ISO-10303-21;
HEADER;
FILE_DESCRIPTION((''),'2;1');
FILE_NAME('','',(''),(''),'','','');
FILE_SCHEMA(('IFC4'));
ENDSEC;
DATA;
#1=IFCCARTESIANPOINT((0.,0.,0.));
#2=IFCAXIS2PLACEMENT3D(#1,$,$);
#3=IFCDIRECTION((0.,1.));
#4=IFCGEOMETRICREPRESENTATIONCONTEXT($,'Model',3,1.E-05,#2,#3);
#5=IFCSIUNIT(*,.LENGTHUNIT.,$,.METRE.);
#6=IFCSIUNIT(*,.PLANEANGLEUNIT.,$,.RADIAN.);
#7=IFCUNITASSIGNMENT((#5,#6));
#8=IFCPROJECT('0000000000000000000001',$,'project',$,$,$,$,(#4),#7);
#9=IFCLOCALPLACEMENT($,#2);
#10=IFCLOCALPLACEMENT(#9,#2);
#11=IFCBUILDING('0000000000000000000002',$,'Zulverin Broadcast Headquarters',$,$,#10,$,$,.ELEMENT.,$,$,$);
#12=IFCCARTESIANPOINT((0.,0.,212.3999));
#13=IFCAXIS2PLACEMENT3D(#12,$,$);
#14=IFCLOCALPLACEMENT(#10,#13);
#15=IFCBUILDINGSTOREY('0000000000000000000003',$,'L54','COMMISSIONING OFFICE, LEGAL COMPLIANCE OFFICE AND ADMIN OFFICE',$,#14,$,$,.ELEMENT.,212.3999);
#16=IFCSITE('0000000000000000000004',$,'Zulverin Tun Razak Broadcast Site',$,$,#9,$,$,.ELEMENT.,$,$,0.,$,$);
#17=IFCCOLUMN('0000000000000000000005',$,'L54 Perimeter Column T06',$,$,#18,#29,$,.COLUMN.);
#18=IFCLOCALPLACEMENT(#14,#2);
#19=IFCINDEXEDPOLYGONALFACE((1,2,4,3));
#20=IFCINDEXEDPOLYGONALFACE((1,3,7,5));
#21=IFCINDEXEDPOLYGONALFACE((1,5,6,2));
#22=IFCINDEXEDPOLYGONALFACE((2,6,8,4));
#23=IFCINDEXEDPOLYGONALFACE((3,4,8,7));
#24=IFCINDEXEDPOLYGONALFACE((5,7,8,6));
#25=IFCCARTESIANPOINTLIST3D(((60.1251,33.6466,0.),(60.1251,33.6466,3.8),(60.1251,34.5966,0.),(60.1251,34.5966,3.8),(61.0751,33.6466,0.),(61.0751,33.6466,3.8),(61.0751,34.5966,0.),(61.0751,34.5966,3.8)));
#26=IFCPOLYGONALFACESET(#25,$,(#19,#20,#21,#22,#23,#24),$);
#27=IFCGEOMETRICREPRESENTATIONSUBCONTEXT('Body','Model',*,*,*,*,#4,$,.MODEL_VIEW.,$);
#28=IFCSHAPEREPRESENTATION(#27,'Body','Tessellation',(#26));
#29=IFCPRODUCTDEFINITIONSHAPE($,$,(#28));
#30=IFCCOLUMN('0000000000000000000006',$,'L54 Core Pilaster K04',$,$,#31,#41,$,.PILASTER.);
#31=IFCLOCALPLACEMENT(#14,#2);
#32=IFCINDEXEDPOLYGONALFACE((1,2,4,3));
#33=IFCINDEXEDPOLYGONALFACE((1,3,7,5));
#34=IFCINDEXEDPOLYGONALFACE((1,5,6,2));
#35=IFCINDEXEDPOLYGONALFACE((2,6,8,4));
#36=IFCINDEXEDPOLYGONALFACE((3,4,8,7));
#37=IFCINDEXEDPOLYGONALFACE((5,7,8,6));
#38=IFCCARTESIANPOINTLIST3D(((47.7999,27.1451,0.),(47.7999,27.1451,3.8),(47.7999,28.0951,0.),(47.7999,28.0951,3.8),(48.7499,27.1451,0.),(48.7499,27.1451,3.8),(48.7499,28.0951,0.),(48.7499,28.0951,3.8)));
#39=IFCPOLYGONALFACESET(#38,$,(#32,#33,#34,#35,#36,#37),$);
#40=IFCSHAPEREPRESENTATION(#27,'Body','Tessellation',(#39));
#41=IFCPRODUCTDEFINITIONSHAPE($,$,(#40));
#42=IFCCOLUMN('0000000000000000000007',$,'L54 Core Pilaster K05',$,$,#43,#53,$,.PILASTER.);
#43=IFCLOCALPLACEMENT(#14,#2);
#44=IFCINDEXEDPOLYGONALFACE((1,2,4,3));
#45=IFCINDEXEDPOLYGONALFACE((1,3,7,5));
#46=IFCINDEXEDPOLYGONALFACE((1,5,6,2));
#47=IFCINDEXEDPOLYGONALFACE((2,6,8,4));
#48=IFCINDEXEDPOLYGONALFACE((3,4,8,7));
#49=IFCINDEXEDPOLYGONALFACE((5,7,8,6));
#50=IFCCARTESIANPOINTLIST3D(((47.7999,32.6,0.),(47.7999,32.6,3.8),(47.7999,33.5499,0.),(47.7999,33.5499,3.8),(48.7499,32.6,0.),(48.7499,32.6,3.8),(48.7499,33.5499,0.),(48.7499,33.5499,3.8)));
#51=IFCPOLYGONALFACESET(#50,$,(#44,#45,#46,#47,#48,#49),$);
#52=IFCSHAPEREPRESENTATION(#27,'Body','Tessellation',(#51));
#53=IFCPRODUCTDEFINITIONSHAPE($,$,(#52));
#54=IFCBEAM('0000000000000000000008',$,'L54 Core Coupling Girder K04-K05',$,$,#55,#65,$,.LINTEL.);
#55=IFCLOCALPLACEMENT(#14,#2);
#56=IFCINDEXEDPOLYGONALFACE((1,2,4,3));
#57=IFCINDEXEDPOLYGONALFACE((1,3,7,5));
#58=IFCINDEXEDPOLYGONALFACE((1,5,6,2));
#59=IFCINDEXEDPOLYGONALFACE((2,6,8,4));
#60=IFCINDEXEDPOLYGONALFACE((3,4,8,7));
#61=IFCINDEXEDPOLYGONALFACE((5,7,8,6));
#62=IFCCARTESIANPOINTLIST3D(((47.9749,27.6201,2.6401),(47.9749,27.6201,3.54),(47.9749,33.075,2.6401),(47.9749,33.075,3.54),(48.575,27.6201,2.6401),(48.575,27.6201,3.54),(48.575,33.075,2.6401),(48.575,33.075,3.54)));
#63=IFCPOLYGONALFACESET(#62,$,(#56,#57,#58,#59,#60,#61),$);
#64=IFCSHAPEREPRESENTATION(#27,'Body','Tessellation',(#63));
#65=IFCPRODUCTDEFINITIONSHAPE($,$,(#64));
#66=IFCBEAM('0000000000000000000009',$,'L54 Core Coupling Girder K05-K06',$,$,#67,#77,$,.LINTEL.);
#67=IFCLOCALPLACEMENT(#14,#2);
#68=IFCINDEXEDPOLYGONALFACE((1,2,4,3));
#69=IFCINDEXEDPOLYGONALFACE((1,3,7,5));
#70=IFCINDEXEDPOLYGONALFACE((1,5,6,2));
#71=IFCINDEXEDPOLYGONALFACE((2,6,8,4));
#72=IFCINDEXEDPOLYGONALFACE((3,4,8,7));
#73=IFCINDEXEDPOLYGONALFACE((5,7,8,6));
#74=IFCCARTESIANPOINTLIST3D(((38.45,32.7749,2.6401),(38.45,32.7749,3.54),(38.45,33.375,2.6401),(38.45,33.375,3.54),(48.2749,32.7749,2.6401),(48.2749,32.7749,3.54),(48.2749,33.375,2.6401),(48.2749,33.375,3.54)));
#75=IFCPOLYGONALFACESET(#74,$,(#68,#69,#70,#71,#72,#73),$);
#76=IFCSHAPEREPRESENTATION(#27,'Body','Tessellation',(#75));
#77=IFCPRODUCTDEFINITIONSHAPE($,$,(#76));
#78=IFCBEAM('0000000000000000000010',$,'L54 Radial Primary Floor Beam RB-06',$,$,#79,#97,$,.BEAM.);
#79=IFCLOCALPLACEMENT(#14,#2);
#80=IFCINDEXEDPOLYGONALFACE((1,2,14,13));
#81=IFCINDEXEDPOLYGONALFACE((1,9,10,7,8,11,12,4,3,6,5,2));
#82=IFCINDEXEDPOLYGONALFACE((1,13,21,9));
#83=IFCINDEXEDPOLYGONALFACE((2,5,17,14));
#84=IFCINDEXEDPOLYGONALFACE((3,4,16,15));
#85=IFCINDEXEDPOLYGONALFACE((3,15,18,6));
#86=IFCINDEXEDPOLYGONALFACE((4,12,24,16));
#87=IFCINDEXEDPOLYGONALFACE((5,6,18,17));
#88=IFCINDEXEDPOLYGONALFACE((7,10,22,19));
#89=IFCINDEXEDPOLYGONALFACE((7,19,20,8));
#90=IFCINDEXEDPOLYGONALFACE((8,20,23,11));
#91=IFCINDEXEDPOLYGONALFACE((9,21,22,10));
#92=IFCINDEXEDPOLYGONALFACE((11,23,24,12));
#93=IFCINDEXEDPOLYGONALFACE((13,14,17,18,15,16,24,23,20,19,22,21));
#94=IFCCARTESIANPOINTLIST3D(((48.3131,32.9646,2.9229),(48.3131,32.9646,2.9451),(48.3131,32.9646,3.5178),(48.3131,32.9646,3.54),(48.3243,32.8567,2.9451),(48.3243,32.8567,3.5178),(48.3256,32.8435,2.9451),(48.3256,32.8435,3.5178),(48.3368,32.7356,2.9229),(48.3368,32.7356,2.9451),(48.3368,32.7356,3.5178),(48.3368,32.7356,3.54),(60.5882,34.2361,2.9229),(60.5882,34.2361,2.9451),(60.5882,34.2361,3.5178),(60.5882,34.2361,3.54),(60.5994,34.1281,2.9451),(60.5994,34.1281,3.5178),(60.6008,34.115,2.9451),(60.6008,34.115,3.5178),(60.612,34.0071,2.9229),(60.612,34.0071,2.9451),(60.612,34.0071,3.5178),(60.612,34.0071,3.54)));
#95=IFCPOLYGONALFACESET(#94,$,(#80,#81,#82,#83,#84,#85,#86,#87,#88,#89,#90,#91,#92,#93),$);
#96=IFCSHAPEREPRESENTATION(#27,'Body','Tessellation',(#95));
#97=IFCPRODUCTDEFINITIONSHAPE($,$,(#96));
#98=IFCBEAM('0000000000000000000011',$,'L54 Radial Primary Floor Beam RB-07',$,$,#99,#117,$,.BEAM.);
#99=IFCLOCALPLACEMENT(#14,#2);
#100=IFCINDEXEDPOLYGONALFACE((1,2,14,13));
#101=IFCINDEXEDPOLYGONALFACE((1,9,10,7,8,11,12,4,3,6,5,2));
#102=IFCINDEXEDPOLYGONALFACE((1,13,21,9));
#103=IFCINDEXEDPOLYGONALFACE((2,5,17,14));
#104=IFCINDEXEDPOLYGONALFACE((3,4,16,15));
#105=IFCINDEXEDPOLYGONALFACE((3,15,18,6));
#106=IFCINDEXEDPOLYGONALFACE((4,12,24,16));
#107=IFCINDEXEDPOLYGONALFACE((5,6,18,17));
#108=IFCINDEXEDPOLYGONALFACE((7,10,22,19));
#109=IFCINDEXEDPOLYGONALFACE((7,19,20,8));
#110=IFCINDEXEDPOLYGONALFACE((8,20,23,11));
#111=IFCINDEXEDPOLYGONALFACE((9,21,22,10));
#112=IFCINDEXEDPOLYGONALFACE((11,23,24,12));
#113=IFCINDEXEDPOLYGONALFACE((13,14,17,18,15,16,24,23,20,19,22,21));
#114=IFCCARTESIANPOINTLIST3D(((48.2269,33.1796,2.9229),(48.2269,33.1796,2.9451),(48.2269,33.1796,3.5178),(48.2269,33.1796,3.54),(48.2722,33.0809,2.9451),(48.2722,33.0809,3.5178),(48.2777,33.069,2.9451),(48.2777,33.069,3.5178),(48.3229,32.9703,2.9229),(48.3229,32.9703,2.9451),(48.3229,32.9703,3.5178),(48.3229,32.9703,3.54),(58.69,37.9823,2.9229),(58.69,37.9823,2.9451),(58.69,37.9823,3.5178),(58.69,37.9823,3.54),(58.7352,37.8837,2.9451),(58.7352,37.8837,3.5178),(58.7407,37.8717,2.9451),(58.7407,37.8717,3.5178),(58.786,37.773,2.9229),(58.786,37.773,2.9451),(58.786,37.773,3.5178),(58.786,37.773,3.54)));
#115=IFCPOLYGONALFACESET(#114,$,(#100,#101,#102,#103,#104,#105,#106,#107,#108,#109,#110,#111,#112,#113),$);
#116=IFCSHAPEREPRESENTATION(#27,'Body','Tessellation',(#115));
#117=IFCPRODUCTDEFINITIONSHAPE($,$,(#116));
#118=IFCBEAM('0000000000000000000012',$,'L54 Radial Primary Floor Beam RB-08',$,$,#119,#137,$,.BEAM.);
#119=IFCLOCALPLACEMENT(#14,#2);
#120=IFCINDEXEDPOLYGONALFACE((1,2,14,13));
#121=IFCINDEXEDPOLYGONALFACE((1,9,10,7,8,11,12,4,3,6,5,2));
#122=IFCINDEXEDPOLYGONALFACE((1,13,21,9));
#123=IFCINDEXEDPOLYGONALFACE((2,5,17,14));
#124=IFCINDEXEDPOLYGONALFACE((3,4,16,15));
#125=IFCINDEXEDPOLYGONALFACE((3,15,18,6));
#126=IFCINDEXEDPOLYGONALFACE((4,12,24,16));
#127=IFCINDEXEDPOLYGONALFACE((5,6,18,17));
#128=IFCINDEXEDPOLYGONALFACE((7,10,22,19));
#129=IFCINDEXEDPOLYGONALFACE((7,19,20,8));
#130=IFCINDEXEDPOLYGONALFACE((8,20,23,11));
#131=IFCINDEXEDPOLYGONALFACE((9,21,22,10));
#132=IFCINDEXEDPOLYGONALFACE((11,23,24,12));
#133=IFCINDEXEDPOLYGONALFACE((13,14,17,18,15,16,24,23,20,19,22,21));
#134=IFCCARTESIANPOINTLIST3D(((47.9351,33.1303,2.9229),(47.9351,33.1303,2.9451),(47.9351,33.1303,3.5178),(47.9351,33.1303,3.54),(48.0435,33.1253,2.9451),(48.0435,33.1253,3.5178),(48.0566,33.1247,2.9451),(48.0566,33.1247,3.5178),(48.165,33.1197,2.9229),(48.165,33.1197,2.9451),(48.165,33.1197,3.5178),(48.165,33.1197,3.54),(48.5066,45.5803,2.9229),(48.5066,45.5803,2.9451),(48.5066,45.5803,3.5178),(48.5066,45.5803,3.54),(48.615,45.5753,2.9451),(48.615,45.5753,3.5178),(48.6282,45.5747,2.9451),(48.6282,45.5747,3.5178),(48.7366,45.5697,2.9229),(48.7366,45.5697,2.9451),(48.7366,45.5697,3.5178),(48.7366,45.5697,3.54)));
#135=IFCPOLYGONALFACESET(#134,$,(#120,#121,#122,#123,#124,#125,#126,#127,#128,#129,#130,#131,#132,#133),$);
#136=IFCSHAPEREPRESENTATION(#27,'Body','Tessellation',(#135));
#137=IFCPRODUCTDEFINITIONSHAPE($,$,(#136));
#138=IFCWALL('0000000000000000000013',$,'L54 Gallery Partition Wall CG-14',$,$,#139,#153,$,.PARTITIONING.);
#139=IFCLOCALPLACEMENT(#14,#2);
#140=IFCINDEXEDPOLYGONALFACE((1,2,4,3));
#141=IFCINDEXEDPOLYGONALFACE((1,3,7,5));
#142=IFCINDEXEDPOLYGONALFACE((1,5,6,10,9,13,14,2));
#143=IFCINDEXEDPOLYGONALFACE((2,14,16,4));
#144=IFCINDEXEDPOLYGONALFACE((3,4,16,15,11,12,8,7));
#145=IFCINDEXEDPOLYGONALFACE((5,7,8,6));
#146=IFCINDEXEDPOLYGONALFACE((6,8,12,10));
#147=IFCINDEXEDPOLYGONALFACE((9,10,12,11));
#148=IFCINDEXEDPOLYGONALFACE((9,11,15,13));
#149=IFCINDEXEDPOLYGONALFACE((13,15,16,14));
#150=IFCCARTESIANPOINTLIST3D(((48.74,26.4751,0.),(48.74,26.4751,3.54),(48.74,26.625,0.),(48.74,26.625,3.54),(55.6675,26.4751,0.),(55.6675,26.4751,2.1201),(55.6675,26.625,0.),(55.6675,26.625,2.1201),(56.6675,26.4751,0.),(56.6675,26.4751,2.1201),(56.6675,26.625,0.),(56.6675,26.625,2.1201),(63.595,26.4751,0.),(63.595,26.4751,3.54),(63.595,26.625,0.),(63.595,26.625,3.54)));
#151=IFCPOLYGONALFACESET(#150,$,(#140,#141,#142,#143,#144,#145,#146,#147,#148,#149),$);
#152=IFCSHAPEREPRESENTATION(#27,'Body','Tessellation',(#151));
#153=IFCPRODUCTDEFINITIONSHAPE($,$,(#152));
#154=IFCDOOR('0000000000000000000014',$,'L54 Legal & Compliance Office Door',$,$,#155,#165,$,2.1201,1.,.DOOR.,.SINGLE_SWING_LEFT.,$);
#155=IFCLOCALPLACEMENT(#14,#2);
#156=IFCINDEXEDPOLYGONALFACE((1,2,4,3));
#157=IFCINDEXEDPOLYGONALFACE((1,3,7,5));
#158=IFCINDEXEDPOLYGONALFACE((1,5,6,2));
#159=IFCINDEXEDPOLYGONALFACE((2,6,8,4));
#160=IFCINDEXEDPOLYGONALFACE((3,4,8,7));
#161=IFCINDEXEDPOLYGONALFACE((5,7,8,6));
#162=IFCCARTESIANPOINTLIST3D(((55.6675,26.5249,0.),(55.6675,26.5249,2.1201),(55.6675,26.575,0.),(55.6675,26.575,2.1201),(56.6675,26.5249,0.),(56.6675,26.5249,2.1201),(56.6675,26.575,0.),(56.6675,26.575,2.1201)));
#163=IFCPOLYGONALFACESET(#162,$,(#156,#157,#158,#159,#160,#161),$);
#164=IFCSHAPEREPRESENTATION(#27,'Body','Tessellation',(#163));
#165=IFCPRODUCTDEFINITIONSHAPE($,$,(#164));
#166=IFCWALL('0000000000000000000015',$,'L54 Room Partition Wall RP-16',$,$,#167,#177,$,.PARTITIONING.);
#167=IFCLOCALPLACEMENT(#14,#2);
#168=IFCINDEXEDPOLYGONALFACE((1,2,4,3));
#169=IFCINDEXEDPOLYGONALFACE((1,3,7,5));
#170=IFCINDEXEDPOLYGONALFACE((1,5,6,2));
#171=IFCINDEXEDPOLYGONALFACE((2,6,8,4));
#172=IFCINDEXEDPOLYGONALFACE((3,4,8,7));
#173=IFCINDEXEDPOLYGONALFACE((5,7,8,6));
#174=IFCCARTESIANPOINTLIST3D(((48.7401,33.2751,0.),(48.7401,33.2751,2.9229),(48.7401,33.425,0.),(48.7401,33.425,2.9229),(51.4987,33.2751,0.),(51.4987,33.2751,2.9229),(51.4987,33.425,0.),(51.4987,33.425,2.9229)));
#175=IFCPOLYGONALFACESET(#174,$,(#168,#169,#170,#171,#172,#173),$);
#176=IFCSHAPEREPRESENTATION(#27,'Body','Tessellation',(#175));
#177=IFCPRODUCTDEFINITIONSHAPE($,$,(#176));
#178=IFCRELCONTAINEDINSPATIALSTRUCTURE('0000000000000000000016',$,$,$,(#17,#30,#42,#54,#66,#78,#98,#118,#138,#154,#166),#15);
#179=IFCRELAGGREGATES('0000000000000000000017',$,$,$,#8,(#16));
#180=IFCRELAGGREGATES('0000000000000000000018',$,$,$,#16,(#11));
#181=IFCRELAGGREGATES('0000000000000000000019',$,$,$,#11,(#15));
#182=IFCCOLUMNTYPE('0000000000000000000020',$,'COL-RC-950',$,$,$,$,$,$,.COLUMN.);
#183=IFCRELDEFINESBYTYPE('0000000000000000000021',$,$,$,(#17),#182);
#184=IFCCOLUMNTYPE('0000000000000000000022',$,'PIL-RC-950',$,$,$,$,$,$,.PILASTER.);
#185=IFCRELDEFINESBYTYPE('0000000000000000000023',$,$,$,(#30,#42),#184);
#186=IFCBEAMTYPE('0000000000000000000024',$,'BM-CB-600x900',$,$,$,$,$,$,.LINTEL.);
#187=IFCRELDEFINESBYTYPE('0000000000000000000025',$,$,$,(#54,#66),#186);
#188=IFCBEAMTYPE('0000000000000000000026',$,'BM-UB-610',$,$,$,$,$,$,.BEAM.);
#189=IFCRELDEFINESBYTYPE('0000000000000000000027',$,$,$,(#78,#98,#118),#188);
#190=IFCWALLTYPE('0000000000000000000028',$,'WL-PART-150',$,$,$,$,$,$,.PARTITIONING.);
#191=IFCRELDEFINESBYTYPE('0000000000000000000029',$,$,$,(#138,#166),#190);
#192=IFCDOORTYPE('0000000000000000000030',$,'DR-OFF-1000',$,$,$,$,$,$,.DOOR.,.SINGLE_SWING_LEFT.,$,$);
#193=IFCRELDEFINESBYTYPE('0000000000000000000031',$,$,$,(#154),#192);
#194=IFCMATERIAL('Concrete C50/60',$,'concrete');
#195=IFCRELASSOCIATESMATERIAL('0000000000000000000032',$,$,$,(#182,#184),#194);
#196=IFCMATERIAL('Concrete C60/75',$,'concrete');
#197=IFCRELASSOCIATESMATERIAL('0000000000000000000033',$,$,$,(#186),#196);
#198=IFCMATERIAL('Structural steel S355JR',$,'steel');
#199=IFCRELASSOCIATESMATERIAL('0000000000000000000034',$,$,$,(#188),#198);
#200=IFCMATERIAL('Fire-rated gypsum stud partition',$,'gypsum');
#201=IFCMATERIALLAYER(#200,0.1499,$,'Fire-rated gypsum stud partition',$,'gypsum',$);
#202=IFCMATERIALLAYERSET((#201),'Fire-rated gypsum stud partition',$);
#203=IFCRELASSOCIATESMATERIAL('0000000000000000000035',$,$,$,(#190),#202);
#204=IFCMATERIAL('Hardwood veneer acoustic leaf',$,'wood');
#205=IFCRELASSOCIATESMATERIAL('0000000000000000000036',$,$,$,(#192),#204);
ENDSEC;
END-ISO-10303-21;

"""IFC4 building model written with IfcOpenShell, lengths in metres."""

from ifc_helpers import new_model, si_unit, direction, frame, frame_2d, origin, origin_2d, place, context, subcontext, project, spatial, rectangle, i_section, extrude, material, layer, layer_set, material_profile, profile_set, type_object, element, fill, save


model = new_model("IFC4")

# Units and contexts
model_context = context("Model", 3, precision=1e-05, world=origin(), true_north=direction((0.0, 1.0)))
body_context = subcontext(model_context, "Body", "Model", "MODEL_VIEW")
ifc_project = project(units=[si_unit("LENGTHUNIT", "METRE"), si_unit("PLANEANGLEUNIT", "RADIAN")], contexts=[model_context])

# Site, building, storey
site_placement = place(None, origin())
site = spatial("IfcSite", under=ifc_project, at=site_placement, Name="Zulverin Tun Razak Broadcast Site", CompositionType="ELEMENT", RefElevation=0.0)
building_placement = place(site_placement, origin())
building = spatial("IfcBuilding", under=site, at=building_placement, Name="Zulverin Broadcast Headquarters", CompositionType="ELEMENT")
storey_placement = place(building_placement, frame((0.0, 0.0, 212.3999)))
storey = spatial("IfcBuildingStorey", under=building, at=storey_placement, Name="L54", Description="COMMISSIONING OFFICE, LEGAL COMPLIANCE OFFICE AND ADMIN OFFICE", CompositionType="ELEMENT", Elevation=212.3999)

# Columns
ifc_material_1 = material(Name="Concrete C50/60", Category="concrete")
ifc_material_profile_1 = material_profile(ifc_material_1, rectangle(XDim=0.95, YDim=0.95, at=origin_2d()), Name="Concrete C50/60", Category="concrete")
ifc_profile_set_1 = profile_set([ifc_material_profile_1], Name="Concrete C50/60")
column_type_1 = type_object("IfcColumnType", Name="COL-RC-950", PredefinedType="COLUMN", material=ifc_profile_set_1)
column_placement = place(storey_placement, frame((60.6001, 34.1216, 0.0), z_axis=(0.0, 0.0, 1.0), x_axis=(1.0, 0.0, 0.0)))
element("IfcColumn", 1, at=column_placement, inside=storey, type_object=column_type_1, Name="L54 Perimeter Column T06", PredefinedType="COLUMN", context=body_context, shape_type="SweptSolid", body=[
    extrude(rectangle(XDim=0.95, YDim=0.95, at=origin_2d()), origin(), (0.0, 0.0, 1.0), 3.8),
])
ifc_material_profile_2 = material_profile(ifc_material_1, rectangle(XDim=0.95, YDim=0.95, at=origin_2d()), Name="Concrete C50/60", Category="concrete")
ifc_profile_set_2 = profile_set([ifc_material_profile_2], Name="Concrete C50/60")
column_type_2 = type_object("IfcColumnType", Name="PIL-RC-950", PredefinedType="PILASTER", material=ifc_profile_set_2)
for number, where, z_axis, x_axis, name in (
    (2, (48.2749, 27.6201, 0.0), (0.0, 0.0, 1.0), (1.0, 0.0, 0.0), "L54 Core Pilaster K04"),
    (3, (48.2749, 33.075, 0.0), (0.0, 0.0, 1.0), (1.0, 0.0, 0.0), "L54 Core Pilaster K05"),
):
    element("IfcColumn", number, at=place(storey_placement, frame(where, z_axis=z_axis, x_axis=x_axis)), inside=storey, type_object=column_type_2, Name=name, PredefinedType="PILASTER", context=body_context, shape_type="SweptSolid", body=[
        extrude(rectangle(XDim=0.95, YDim=0.95, at=origin_2d()), origin(), (0.0, 0.0, 1.0), 3.8),
    ])

# Beams
ifc_material_2 = material(Name="Concrete C60/75", Category="concrete")
ifc_material_profile_3 = material_profile(ifc_material_2, rectangle(XDim=0.6001, YDim=0.8999, at=origin_2d()), Name="Concrete C60/75", Category="concrete")
ifc_profile_set_3 = profile_set([ifc_material_profile_3], Name="Concrete C60/75")
beam_type_1 = type_object("IfcBeamType", Name="BM-CB-600x900", PredefinedType="LINTEL", material=ifc_profile_set_3)
beam_1_placement = place(storey_placement, frame((48.2749, 27.6201, 3.0901), z_axis=(0.0, 1.0, 0.0), x_axis=(-1.0, 0.0, 0.0)))
element("IfcBeam", 4, at=beam_1_placement, inside=storey, type_object=beam_type_1, Name="L54 Core Coupling Girder K04-K05", PredefinedType="LINTEL", context=body_context, shape_type="SweptSolid", body=[
    extrude(rectangle(XDim=0.6001, YDim=0.8999, at=origin_2d()), origin(), (0.0, 0.0, 1.0), 5.4548),
])
beam_2_placement = place(storey_placement, frame((48.2749, 33.075, 3.0901), z_axis=(-1.0, 0.0, 0.0), x_axis=(0.0, -1.0, 0.0)))
element("IfcBeam", 5, at=beam_2_placement, inside=storey, type_object=beam_type_1, Name="L54 Core Coupling Girder K05-K06", PredefinedType="LINTEL", context=body_context, shape_type="SweptSolid", body=[
    extrude(rectangle(XDim=0.6001, YDim=0.8999, at=origin_2d()), origin(), (0.0, 0.0, 1.0), 9.825),
])
ifc_material_3 = material(Name="Structural steel S355JR", Category="steel")
ifc_material_profile_4 = material_profile(ifc_material_3, i_section(OverallWidth=0.2302, OverallDepth=0.6172, WebThickness=0.0132, FlangeThickness=0.0222, at=origin_2d()), Name="Structural steel S355JR", Category="steel")
ifc_profile_set_4 = profile_set([ifc_material_profile_4], Name="Structural steel S355JR")
beam_type_2 = type_object("IfcBeamType", Name="BM-UB-610", PredefinedType="BEAM", material=ifc_profile_set_4)
beam_3_placement = place(storey_placement, frame((48.325, 32.8501, 3.2314), z_axis=(0.994678, 0.103031, 0.0), x_axis=(-0.103031, 0.994678, 0.0)))
element("IfcBeam", 6, at=beam_3_placement, inside=storey, type_object=beam_type_2, Name="L54 Radial Primary Floor Beam RB-06", PredefinedType="BEAM", context=body_context, shape_type="SweptSolid", body=[
    extrude(i_section(OverallWidth=0.2302, OverallDepth=0.6172, WebThickness=0.0132, FlangeThickness=0.0222, at=origin_2d()), origin(), (0.0, 0.0, 1.0), 12.3408),
])
beam_4_placement = place(storey_placement, frame((48.2749, 33.075, 3.2314), z_axis=(0.90883, 0.417167, 0.0), x_axis=(-0.417167, 0.90883, 0.0)))
element("IfcBeam", 7, at=beam_4_placement, inside=storey, type_object=beam_type_2, Name="L54 Radial Primary Floor Beam RB-07", PredefinedType="BEAM", context=body_context, shape_type="SweptSolid", body=[
    extrude(i_section(OverallWidth=0.2302, OverallDepth=0.6172, WebThickness=0.0132, FlangeThickness=0.0222, at=origin_2d()), origin(), (0.0, 0.0, 1.0), 11.5127),
])
beam_5_placement = place(storey_placement, frame((48.05, 33.125, 3.2314), z_axis=(0.045858, 0.998948, 0.0), x_axis=(-0.998948, 0.045858, 0.0)))
element("IfcBeam", 8, at=beam_5_placement, inside=storey, type_object=beam_type_2, Name="L54 Radial Primary Floor Beam RB-08", PredefinedType="BEAM", context=body_context, shape_type="SweptSolid", body=[
    extrude(i_section(OverallWidth=0.2302, OverallDepth=0.6172, WebThickness=0.0132, FlangeThickness=0.0222, at=origin_2d()), origin(), (0.0, 0.0, 1.0), 12.4631),
])

# Wall, opening, door
ifc_material_4 = material(Name="Fire-rated gypsum stud partition", Category="gypsum")
ifc_layer_1 = layer(ifc_material_4, 0.1499, Name="Fire-rated gypsum stud partition", Category="gypsum")
ifc_layer_set_1 = layer_set([ifc_layer_1], Name="Fire-rated gypsum stud partition")
wall_type_1 = type_object("IfcWallType", Name="WL-PART-150", PredefinedType="PARTITIONING", material=ifc_layer_set_1)
wall_1_placement = place(storey_placement, frame((48.74, 26.55, 0.0), z_axis=(0.0, 0.0, 1.0), x_axis=(1.0, 0.0, 0.0)))
wall_1 = element("IfcWall", 9, at=wall_1_placement, inside=storey, type_object=wall_type_1, Name="L54 Gallery Partition Wall CG-14", PredefinedType="PARTITIONING", context=body_context, shape_type="SweptSolid", body=[
    extrude(rectangle(XDim=14.855, YDim=0.1499, at=frame_2d((7.4275, 0.0))), origin(), (0.0, 0.0, 1.0), 3.54),
])
opening_placement = place(wall_1_placement, frame((6.9275, 0.0, 0.0)))
opening = element("IfcOpeningElement", 10, at=opening_placement, cuts=wall_1, PredefinedType="OPENING", context=body_context, shape_type="SweptSolid", body=[
    extrude(rectangle(XDim=1.0, YDim=2.1201, at=frame_2d((0.5, 1.0601))), frame((0.0, 0.085, 0.0), z_axis=(0.0, -1.0, 0.0), x_axis=(1.0, 0.0, 0.0)), (0.0, 0.0, 1.0), 0.1699),
])
ifc_material_5 = material(Name="Hardwood veneer acoustic leaf", Category="wood")
door_type = type_object("IfcDoorType", Name="DR-OFF-1000", OperationType="SINGLE_SWING_LEFT", PredefinedType="DOOR", material=ifc_material_5)
door_placement = place(opening_placement, origin())
door = element("IfcDoor", 11, at=door_placement, inside=storey, type_object=door_type, Name="L54 Legal & Compliance Office Door", OperationType="SINGLE_SWING_LEFT", OverallHeight=2.1201, OverallWidth=1.0, PredefinedType="DOOR", context=body_context, shape_type="SweptSolid", body=[
    extrude(rectangle(XDim=1.0, YDim=2.1201, at=frame_2d((0.5, 1.0601))), frame((0.0, 0.0249, 0.0), z_axis=(0.0, -1.0, 0.0), x_axis=(1.0, 0.0, 0.0)), (0.0, 0.0, 1.0), 0.05),
])
fill(opening, door)

# Wall
wall_2_placement = place(storey_placement, frame((48.74, 33.3501, 0.0), z_axis=(0.0, 0.0, 1.0), x_axis=(1.0, 0.0, 0.0)))
element("IfcWall", 12, at=wall_2_placement, inside=storey, type_object=wall_type_1, Name="L54 Room Partition Wall RP-16", PredefinedType="PARTITIONING", context=body_context, shape_type="SweptSolid", body=[
    extrude(rectangle(XDim=2.7585, YDim=0.1499, at=frame_2d((1.3794, 0.0))), origin(), (0.0, 0.0, 1.0), 2.9229),
])

save(model, "model.ifc")
